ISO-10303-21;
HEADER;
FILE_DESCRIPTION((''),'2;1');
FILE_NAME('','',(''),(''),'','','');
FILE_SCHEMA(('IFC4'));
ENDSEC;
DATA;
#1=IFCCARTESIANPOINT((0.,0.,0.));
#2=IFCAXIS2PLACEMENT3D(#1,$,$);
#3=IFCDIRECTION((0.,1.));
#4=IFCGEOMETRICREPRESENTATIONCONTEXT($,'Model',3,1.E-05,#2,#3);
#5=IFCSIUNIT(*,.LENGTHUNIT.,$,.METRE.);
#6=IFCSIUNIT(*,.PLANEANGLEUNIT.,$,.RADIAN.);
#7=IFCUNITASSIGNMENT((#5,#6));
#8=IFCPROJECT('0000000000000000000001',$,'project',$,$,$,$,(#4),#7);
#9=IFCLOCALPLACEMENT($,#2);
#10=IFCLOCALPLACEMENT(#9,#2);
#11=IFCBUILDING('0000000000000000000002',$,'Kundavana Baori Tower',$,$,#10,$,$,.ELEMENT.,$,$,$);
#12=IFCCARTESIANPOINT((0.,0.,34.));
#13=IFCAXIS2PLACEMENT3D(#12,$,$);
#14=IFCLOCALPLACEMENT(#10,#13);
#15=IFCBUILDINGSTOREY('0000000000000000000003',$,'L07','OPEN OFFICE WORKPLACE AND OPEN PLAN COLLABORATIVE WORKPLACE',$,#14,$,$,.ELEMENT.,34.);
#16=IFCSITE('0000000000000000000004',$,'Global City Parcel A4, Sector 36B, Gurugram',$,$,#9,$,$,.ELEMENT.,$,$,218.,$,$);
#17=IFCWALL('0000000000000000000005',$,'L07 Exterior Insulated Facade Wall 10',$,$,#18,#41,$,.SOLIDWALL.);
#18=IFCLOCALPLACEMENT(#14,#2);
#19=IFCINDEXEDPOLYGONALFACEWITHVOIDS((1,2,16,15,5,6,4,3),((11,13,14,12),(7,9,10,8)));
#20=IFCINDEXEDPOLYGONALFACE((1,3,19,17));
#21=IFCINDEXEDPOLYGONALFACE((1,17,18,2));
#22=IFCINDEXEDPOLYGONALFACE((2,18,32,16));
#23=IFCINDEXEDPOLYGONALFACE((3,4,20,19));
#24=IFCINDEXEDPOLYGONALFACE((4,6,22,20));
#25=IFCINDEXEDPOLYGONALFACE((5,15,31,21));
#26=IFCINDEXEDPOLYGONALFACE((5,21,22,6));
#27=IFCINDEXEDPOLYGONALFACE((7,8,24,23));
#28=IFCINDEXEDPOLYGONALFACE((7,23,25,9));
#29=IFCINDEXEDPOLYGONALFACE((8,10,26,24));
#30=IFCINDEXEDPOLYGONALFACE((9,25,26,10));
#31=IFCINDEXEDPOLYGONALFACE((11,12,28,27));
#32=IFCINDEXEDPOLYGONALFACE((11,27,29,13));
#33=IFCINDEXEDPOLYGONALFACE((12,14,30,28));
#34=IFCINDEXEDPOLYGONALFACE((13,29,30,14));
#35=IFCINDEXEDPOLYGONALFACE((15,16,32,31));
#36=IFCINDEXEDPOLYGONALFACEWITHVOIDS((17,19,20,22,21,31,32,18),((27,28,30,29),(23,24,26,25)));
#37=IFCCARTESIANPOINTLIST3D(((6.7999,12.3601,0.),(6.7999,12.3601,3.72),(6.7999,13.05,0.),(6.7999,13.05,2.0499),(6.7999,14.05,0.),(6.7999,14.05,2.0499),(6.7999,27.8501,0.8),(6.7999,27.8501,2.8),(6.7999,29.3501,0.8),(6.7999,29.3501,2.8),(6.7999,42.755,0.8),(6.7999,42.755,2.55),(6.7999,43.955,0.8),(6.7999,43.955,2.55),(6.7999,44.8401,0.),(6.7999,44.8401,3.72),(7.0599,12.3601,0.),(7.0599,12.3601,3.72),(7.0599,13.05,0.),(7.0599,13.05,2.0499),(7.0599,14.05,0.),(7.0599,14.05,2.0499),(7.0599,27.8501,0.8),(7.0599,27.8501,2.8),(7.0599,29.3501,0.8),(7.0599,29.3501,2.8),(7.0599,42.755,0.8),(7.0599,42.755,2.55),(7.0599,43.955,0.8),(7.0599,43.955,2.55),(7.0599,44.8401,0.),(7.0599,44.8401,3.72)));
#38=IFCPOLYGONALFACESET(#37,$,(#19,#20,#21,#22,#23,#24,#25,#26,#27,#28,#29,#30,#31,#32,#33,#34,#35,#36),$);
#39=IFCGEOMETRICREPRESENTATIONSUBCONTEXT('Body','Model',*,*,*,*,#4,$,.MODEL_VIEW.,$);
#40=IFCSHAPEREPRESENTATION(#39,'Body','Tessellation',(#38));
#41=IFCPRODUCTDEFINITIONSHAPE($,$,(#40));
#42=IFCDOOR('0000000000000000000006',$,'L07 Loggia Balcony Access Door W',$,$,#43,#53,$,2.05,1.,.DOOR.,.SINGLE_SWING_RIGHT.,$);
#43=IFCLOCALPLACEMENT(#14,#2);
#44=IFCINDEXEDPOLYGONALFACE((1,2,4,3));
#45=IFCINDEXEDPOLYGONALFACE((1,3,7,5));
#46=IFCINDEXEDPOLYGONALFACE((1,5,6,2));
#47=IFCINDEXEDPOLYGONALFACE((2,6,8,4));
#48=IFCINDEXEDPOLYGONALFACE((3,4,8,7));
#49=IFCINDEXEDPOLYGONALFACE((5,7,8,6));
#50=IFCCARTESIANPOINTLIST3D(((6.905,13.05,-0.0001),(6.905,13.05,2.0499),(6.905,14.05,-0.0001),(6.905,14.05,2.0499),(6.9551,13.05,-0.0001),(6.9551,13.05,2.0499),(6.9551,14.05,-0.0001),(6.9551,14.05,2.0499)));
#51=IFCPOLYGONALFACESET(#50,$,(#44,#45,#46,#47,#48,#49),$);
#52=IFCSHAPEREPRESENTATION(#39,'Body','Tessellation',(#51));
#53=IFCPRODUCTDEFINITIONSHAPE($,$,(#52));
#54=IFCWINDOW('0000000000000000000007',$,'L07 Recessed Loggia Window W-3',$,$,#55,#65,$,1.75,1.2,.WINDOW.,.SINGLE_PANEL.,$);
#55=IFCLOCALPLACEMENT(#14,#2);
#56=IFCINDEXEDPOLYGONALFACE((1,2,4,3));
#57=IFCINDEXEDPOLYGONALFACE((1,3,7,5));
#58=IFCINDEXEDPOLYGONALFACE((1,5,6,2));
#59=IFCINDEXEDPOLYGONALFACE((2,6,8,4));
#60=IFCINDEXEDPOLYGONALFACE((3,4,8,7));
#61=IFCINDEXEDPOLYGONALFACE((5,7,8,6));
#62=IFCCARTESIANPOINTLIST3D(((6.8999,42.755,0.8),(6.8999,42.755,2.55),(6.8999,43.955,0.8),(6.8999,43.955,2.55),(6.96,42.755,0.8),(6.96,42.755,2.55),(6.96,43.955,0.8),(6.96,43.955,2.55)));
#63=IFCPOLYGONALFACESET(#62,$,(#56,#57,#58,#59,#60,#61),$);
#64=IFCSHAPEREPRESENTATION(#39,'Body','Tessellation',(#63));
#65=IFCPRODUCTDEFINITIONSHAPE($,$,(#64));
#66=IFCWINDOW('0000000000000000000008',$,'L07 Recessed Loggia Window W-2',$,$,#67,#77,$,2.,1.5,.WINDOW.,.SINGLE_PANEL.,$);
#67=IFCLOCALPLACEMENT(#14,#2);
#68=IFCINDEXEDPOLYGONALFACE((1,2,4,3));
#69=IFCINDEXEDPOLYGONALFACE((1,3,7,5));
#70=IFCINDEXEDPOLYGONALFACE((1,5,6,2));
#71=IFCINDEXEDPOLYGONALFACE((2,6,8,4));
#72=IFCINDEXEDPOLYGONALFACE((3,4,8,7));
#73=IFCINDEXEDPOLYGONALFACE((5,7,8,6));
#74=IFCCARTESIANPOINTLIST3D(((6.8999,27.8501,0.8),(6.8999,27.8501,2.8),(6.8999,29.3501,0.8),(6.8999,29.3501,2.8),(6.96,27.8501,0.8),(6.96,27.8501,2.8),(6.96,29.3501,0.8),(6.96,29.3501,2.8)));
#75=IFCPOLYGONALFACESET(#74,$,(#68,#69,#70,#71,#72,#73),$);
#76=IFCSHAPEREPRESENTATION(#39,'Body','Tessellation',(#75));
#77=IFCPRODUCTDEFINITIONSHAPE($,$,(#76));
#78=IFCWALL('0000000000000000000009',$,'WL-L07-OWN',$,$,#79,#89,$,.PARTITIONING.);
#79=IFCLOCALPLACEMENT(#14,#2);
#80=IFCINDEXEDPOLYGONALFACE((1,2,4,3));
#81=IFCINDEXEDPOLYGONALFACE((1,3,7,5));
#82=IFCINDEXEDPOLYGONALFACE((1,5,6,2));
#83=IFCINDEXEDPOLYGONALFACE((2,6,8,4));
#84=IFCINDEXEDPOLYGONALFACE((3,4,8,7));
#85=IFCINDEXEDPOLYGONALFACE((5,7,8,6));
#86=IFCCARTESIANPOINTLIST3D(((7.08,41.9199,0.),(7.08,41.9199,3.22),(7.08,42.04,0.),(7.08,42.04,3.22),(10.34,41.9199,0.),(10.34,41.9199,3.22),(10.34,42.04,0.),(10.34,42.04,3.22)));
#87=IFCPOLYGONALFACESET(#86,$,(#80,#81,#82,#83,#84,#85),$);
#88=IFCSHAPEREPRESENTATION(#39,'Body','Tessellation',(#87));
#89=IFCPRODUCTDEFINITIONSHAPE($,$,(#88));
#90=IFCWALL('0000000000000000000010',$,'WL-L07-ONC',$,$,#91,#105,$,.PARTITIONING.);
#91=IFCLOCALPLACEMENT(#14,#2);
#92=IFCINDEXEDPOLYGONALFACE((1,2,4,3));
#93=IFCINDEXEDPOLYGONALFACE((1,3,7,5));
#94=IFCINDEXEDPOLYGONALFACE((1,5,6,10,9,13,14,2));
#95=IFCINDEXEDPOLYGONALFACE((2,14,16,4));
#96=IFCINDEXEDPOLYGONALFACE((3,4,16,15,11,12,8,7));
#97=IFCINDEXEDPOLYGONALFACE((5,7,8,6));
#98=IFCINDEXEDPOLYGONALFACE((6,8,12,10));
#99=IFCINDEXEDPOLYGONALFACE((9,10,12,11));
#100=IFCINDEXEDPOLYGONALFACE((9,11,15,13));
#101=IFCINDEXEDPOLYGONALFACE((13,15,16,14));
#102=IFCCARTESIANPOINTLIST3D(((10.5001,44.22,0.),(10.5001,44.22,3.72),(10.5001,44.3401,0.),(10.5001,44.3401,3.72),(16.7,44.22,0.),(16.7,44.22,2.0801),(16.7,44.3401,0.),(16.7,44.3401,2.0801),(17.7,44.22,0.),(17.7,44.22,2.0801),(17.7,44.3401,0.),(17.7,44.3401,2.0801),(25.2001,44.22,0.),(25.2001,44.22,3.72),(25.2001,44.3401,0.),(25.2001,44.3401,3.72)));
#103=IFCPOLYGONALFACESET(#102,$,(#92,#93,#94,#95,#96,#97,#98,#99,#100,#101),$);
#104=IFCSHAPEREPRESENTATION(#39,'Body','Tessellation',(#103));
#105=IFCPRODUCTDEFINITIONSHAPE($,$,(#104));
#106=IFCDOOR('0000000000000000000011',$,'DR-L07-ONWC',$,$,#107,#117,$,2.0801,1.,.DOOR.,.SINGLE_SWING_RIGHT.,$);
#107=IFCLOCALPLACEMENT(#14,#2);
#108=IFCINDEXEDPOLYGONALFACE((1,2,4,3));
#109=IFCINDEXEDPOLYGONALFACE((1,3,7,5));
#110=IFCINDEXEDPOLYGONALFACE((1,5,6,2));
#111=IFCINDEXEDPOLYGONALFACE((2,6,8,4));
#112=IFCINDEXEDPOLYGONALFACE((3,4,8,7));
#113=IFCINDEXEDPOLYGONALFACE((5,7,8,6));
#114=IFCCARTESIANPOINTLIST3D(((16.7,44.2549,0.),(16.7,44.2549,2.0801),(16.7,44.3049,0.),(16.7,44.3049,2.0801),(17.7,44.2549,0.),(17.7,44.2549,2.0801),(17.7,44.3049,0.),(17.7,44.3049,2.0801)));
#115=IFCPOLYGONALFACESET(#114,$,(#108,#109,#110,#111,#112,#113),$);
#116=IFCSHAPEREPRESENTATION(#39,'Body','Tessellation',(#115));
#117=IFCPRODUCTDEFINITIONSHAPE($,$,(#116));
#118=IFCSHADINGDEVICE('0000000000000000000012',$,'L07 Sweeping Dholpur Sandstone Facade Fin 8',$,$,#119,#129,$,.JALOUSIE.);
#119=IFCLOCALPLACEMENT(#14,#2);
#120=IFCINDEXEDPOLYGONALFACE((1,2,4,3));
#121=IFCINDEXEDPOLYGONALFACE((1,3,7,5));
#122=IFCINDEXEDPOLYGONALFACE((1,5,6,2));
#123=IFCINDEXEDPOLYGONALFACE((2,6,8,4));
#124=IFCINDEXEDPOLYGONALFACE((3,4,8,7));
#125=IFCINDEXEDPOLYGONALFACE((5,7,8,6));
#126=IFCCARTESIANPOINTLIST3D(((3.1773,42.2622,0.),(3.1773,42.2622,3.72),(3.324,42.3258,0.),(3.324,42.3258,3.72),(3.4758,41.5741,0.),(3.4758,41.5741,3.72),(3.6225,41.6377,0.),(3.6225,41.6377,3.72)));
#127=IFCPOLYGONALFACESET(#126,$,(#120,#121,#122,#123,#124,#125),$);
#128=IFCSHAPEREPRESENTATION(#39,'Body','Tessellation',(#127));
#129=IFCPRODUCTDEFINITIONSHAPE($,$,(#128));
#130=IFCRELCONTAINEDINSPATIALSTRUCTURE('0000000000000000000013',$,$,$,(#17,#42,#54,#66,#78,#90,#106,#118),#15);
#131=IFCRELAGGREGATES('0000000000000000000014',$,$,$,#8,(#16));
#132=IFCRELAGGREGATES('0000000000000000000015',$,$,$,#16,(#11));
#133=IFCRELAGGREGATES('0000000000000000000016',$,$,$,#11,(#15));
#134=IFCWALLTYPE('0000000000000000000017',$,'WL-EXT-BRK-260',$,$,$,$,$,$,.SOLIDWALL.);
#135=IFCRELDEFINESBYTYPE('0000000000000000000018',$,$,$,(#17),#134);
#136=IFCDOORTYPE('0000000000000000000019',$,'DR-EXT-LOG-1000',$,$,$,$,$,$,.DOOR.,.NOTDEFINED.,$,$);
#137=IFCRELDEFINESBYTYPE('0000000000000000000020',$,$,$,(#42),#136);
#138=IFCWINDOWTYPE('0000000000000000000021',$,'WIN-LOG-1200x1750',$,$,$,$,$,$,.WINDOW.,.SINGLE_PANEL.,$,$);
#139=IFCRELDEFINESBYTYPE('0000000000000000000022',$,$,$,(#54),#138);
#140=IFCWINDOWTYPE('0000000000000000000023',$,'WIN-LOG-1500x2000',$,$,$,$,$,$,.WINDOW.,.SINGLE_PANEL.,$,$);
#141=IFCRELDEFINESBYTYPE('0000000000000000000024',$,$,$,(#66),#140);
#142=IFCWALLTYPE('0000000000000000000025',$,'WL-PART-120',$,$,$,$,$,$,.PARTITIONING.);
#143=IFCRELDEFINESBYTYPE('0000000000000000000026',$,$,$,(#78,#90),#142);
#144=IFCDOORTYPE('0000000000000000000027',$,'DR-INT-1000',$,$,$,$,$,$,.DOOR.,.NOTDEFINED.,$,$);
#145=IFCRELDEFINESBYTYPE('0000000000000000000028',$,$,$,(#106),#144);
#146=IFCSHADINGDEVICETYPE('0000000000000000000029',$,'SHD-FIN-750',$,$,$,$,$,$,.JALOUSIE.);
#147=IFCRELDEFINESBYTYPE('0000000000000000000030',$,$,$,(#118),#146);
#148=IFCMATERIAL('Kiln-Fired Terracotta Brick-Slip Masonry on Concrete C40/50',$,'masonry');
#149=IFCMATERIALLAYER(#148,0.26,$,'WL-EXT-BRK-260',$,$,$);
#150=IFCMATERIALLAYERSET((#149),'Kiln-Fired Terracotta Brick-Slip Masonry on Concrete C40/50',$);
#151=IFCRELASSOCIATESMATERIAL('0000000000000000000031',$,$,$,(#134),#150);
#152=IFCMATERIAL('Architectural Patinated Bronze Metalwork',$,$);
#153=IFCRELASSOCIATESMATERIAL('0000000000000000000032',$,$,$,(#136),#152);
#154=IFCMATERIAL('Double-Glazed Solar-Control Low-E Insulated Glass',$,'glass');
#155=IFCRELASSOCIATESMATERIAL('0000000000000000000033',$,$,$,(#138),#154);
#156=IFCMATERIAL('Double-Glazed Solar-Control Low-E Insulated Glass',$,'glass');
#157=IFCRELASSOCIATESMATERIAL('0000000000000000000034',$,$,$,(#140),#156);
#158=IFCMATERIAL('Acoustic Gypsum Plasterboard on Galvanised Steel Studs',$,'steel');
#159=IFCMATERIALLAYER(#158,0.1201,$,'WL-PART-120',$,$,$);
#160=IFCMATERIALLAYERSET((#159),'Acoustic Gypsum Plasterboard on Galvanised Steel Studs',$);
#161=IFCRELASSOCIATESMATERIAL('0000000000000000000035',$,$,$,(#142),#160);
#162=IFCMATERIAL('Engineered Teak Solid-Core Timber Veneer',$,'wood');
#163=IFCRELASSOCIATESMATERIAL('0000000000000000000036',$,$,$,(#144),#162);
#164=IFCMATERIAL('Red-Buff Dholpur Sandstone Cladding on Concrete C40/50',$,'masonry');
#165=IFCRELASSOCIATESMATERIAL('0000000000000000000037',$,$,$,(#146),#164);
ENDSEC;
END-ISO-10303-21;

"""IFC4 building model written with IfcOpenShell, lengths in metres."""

from ifc_helpers import new_model, si_unit, direction, frame, frame_2d, origin, origin_2d, place, context, subcontext, project, spatial, rectangle, extrude, material, layer, layer_set, type_object, element, fill, save


model = new_model("IFC4")

# Units and contexts
model_context = context("Model", 3, precision=1e-05, world=origin(), true_north=direction((0.0, 1.0)))
body_context = subcontext(model_context, "Body", "Model", "MODEL_VIEW")
ifc_project = project(units=[si_unit("LENGTHUNIT", "METRE"), si_unit("PLANEANGLEUNIT", "RADIAN")], contexts=[model_context])

# Site, building, storey
site_placement = place(None, origin())
site = spatial("IfcSite", under=ifc_project, at=site_placement, Name="Global City Parcel A4, Sector 36B, Gurugram", CompositionType="ELEMENT", RefElevation=218.0)
building_placement = place(site_placement, origin())
building = spatial("IfcBuilding", under=site, at=building_placement, Name="Kundavana Baori Tower", CompositionType="ELEMENT")
storey_placement = place(building_placement, frame((0.0, 0.0, 34.0)))
storey = spatial("IfcBuildingStorey", under=building, at=storey_placement, Name="L07", Description="OPEN OFFICE WORKPLACE AND OPEN PLAN COLLABORATIVE WORKPLACE", CompositionType="ELEMENT", Elevation=34.0)

# Shared definitions
ifc_material_1 = material(Name="Kiln-Fired Terracotta Brick-Slip Masonry on Concrete C40/50", Category="masonry")
ifc_layer_1 = layer(ifc_material_1, 0.26, Name="WL-EXT-BRK-260")
ifc_layer_set_1 = layer_set([ifc_layer_1], Name="Kiln-Fired Terracotta Brick-Slip Masonry on Concrete C40/50")
wall_type_1 = type_object("IfcWallType", Name="WL-EXT-BRK-260", PredefinedType="SOLIDWALL", material=ifc_layer_set_1)

# Wall, openings, door, windows
wall_1_placement = place(storey_placement, frame((6.9299, 44.8401, 0.0), z_axis=(0.0, 0.0, 1.0), x_axis=(0.0, -1.0, 0.0)))
wall_1 = element("IfcWall", 1, at=wall_1_placement, inside=storey, type_object=wall_type_1, Name="L07 Exterior Insulated Facade Wall 10", PredefinedType="SOLIDWALL", context=body_context, shape_type="SweptSolid", body=[
    extrude(rectangle(XDim=32.48, YDim=0.26, at=frame_2d((16.24, 0.0))), origin(), (0.0, 0.0, 1.0), 3.72),
])
opening_1_placement = place(wall_1_placement, frame((30.79, 0.0, 0.0)))
opening_1 = element("IfcOpeningElement", 2, at=opening_1_placement, cuts=wall_1, PredefinedType="OPENING", context=body_context, shape_type="SweptSolid", body=[
    extrude(rectangle(XDim=1.0, YDim=2.05, at=frame_2d((0.5, 1.0249))), frame((0.0, 0.1401, 0.0), z_axis=(0.0, -1.0, 0.0), x_axis=(1.0, 0.0, 0.0)), (0.0, 0.0, 1.0), 0.28),
])
opening_2_placement = place(wall_1_placement, frame((15.49, 0.0, 0.8)))
opening_2 = element("IfcOpeningElement", 3, at=opening_2_placement, cuts=wall_1, PredefinedType="OPENING", context=body_context, shape_type="SweptSolid", body=[
    extrude(rectangle(XDim=1.5, YDim=2.0, at=frame_2d((0.75, 1.0))), frame((0.0, 0.1401, 0.0), z_axis=(0.0, -1.0, 0.0), x_axis=(1.0, 0.0, 0.0)), (0.0, 0.0, 1.0), 0.28),
])
opening_3_placement = place(wall_1_placement, frame((0.885, 0.0, 0.8)))
opening_3 = element("IfcOpeningElement", 4, at=opening_3_placement, cuts=wall_1, PredefinedType="OPENING", context=body_context, shape_type="SweptSolid", body=[
    extrude(rectangle(XDim=1.2, YDim=1.75, at=frame_2d((0.6001, 0.875))), frame((0.0, 0.1401, 0.0), z_axis=(0.0, -1.0, 0.0), x_axis=(1.0, 0.0, 0.0)), (0.0, 0.0, 1.0), 0.28),
])
ifc_material_2 = material(Name="Architectural Patinated Bronze Metalwork")
door_type_1 = type_object("IfcDoorType", Name="DR-EXT-LOG-1000", OperationType="NOTDEFINED", PredefinedType="DOOR", material=ifc_material_2)
door_1_placement = place(opening_1_placement, frame((1.0, 0.0, 0.0), z_axis=(0.0, 0.0, 1.0), x_axis=(-1.0, 0.0, 0.0)))
door_1 = element("IfcDoor", 5, at=door_1_placement, inside=storey, type_object=door_type_1, Name="L07 Loggia Balcony Access Door W", OperationType="SINGLE_SWING_RIGHT", OverallHeight=2.05, OverallWidth=1.0, PredefinedType="DOOR", context=body_context, shape_type="SweptSolid", body=[
    extrude(rectangle(XDim=1.0, YDim=2.05, at=frame_2d((0.5, 1.0249))), frame((0.0, 0.0249, 0.0), z_axis=(0.0, -1.0, 0.0), x_axis=(1.0, 0.0, 0.0)), (0.0, 0.0, 1.0), 0.05),
])
fill(opening_1, door_1)
ifc_material_3 = material(Name="Double-Glazed Solar-Control Low-E Insulated Glass", Category="glass")
window_type_1 = type_object("IfcWindowType", Name="WIN-LOG-1200x1750", PartitioningType="SINGLE_PANEL", PredefinedType="WINDOW", material=ifc_material_3)
window_1_placement = place(opening_3_placement, origin())
window_1 = element("IfcWindow", 6, at=window_1_placement, inside=storey, type_object=window_type_1, Name="L07 Recessed Loggia Window W-3", OverallHeight=1.75, OverallWidth=1.2, PartitioningType="SINGLE_PANEL", PredefinedType="WINDOW", context=body_context, shape_type="SweptSolid", body=[
    extrude(rectangle(XDim=1.2, YDim=1.75, at=frame_2d((0.6001, 0.875))), frame((0.0, 0.03, 0.0), z_axis=(0.0, -1.0, 0.0), x_axis=(1.0, 0.0, 0.0)), (0.0, 0.0, 1.0), 0.0601),
])
fill(opening_3, window_1)
ifc_material_4 = material(Name="Double-Glazed Solar-Control Low-E Insulated Glass", Category="glass")
window_type_2 = type_object("IfcWindowType", Name="WIN-LOG-1500x2000", PartitioningType="SINGLE_PANEL", PredefinedType="WINDOW", material=ifc_material_4)
window_2_placement = place(opening_2_placement, origin())
window_2 = element("IfcWindow", 7, at=window_2_placement, inside=storey, type_object=window_type_2, Name="L07 Recessed Loggia Window W-2", OverallHeight=2.0, OverallWidth=1.5, PartitioningType="SINGLE_PANEL", PredefinedType="WINDOW", context=body_context, shape_type="SweptSolid", body=[
    extrude(rectangle(XDim=1.5, YDim=2.0, at=frame_2d((0.75, 1.0))), frame((0.0, 0.03, 0.0), z_axis=(0.0, -1.0, 0.0), x_axis=(1.0, 0.0, 0.0)), (0.0, 0.0, 1.0), 0.0601),
])
fill(opening_2, window_2)

# Wall
ifc_material_5 = material(Name="Acoustic Gypsum Plasterboard on Galvanised Steel Studs", Category="steel")
ifc_layer_2 = layer(ifc_material_5, 0.1201, Name="WL-PART-120")
ifc_layer_set_2 = layer_set([ifc_layer_2], Name="Acoustic Gypsum Plasterboard on Galvanised Steel Studs")
wall_type_2 = type_object("IfcWallType", Name="WL-PART-120", PredefinedType="PARTITIONING", material=ifc_layer_set_2)
wall_2_placement = place(storey_placement, frame((7.0801, 41.98, 0.0), z_axis=(0.0, 0.0, 1.0), x_axis=(1.0, 0.0, 0.0)))
element("IfcWall", 8, at=wall_2_placement, inside=storey, type_object=wall_type_2, Name="WL-L07-OWN", PredefinedType="PARTITIONING", context=body_context, shape_type="SweptSolid", body=[
    extrude(rectangle(XDim=3.26, YDim=0.1201, at=frame_2d((1.6299, 0.0))), origin(), (0.0, 0.0, 1.0), 3.22),
])

# Wall, opening, door
wall_3_placement = place(storey_placement, frame((10.5, 44.28, 0.0), z_axis=(0.0, 0.0, 1.0), x_axis=(1.0, 0.0, 0.0)))
wall_3 = element("IfcWall", 9, at=wall_3_placement, inside=storey, type_object=wall_type_2, Name="WL-L07-ONC", PredefinedType="PARTITIONING", context=body_context, shape_type="SweptSolid", body=[
    extrude(rectangle(XDim=14.7, YDim=0.1201, at=frame_2d((7.3501, 0.0))), origin(), (0.0, 0.0, 1.0), 3.72),
])
opening_4_placement = place(wall_3_placement, frame((6.2, 0.0, 0.0)))
opening_4 = element("IfcOpeningElement", 10, at=opening_4_placement, cuts=wall_3, PredefinedType="OPENING", context=body_context, shape_type="SweptSolid", body=[
    extrude(rectangle(XDim=1.0, YDim=2.0801, at=frame_2d((0.5, 1.04))), frame((0.0, 0.0701, 0.0), z_axis=(0.0, -1.0, 0.0), x_axis=(1.0, 0.0, 0.0)), (0.0, 0.0, 1.0), 0.1401),
])
ifc_material_6 = material(Name="Engineered Teak Solid-Core Timber Veneer", Category="wood")
door_type_2 = type_object("IfcDoorType", Name="DR-INT-1000", OperationType="NOTDEFINED", PredefinedType="DOOR", material=ifc_material_6)
door_2_placement = place(opening_4_placement, origin())
door_2 = element("IfcDoor", 11, at=door_2_placement, inside=storey, type_object=door_type_2, Name="DR-L07-ONWC", OperationType="SINGLE_SWING_RIGHT", OverallHeight=2.0801, OverallWidth=1.0, PredefinedType="DOOR", context=body_context, shape_type="SweptSolid", body=[
    extrude(rectangle(XDim=1.0, YDim=2.0801, at=frame_2d((0.5, 1.04))), frame((0.0, 0.0249, 0.0), z_axis=(0.0, -1.0, 0.0), x_axis=(1.0, 0.0, 0.0)), (0.0, 0.0, 1.0), 0.05),
])
fill(opening_4, door_2)

# Shading device
ifc_material_7 = material(Name="Red-Buff Dholpur Sandstone Cladding on Concrete C40/50", Category="masonry")
shading_device_type = type_object("IfcShadingDeviceType", Name="SHD-FIN-750", PredefinedType="JALOUSIE", material=ifc_material_7)
shading_device_placement = place(storey_placement, frame((3.3999, 41.95, 0.0), z_axis=(0.0, 0.0, 1.0), x_axis=(0.917408, 0.397949, 0.0)))
element("IfcShadingDevice", 12, at=shading_device_placement, inside=storey, type_object=shading_device_type, Name="L07 Sweeping Dholpur Sandstone Facade Fin 8", PredefinedType="JALOUSIE", context=body_context, shape_type="SweptSolid", body=[
    extrude(rectangle(XDim=0.1599, YDim=0.75, at=origin_2d()), origin(), (0.0, 0.0, 1.0), 3.72),
])

save(model, "model.ifc")
